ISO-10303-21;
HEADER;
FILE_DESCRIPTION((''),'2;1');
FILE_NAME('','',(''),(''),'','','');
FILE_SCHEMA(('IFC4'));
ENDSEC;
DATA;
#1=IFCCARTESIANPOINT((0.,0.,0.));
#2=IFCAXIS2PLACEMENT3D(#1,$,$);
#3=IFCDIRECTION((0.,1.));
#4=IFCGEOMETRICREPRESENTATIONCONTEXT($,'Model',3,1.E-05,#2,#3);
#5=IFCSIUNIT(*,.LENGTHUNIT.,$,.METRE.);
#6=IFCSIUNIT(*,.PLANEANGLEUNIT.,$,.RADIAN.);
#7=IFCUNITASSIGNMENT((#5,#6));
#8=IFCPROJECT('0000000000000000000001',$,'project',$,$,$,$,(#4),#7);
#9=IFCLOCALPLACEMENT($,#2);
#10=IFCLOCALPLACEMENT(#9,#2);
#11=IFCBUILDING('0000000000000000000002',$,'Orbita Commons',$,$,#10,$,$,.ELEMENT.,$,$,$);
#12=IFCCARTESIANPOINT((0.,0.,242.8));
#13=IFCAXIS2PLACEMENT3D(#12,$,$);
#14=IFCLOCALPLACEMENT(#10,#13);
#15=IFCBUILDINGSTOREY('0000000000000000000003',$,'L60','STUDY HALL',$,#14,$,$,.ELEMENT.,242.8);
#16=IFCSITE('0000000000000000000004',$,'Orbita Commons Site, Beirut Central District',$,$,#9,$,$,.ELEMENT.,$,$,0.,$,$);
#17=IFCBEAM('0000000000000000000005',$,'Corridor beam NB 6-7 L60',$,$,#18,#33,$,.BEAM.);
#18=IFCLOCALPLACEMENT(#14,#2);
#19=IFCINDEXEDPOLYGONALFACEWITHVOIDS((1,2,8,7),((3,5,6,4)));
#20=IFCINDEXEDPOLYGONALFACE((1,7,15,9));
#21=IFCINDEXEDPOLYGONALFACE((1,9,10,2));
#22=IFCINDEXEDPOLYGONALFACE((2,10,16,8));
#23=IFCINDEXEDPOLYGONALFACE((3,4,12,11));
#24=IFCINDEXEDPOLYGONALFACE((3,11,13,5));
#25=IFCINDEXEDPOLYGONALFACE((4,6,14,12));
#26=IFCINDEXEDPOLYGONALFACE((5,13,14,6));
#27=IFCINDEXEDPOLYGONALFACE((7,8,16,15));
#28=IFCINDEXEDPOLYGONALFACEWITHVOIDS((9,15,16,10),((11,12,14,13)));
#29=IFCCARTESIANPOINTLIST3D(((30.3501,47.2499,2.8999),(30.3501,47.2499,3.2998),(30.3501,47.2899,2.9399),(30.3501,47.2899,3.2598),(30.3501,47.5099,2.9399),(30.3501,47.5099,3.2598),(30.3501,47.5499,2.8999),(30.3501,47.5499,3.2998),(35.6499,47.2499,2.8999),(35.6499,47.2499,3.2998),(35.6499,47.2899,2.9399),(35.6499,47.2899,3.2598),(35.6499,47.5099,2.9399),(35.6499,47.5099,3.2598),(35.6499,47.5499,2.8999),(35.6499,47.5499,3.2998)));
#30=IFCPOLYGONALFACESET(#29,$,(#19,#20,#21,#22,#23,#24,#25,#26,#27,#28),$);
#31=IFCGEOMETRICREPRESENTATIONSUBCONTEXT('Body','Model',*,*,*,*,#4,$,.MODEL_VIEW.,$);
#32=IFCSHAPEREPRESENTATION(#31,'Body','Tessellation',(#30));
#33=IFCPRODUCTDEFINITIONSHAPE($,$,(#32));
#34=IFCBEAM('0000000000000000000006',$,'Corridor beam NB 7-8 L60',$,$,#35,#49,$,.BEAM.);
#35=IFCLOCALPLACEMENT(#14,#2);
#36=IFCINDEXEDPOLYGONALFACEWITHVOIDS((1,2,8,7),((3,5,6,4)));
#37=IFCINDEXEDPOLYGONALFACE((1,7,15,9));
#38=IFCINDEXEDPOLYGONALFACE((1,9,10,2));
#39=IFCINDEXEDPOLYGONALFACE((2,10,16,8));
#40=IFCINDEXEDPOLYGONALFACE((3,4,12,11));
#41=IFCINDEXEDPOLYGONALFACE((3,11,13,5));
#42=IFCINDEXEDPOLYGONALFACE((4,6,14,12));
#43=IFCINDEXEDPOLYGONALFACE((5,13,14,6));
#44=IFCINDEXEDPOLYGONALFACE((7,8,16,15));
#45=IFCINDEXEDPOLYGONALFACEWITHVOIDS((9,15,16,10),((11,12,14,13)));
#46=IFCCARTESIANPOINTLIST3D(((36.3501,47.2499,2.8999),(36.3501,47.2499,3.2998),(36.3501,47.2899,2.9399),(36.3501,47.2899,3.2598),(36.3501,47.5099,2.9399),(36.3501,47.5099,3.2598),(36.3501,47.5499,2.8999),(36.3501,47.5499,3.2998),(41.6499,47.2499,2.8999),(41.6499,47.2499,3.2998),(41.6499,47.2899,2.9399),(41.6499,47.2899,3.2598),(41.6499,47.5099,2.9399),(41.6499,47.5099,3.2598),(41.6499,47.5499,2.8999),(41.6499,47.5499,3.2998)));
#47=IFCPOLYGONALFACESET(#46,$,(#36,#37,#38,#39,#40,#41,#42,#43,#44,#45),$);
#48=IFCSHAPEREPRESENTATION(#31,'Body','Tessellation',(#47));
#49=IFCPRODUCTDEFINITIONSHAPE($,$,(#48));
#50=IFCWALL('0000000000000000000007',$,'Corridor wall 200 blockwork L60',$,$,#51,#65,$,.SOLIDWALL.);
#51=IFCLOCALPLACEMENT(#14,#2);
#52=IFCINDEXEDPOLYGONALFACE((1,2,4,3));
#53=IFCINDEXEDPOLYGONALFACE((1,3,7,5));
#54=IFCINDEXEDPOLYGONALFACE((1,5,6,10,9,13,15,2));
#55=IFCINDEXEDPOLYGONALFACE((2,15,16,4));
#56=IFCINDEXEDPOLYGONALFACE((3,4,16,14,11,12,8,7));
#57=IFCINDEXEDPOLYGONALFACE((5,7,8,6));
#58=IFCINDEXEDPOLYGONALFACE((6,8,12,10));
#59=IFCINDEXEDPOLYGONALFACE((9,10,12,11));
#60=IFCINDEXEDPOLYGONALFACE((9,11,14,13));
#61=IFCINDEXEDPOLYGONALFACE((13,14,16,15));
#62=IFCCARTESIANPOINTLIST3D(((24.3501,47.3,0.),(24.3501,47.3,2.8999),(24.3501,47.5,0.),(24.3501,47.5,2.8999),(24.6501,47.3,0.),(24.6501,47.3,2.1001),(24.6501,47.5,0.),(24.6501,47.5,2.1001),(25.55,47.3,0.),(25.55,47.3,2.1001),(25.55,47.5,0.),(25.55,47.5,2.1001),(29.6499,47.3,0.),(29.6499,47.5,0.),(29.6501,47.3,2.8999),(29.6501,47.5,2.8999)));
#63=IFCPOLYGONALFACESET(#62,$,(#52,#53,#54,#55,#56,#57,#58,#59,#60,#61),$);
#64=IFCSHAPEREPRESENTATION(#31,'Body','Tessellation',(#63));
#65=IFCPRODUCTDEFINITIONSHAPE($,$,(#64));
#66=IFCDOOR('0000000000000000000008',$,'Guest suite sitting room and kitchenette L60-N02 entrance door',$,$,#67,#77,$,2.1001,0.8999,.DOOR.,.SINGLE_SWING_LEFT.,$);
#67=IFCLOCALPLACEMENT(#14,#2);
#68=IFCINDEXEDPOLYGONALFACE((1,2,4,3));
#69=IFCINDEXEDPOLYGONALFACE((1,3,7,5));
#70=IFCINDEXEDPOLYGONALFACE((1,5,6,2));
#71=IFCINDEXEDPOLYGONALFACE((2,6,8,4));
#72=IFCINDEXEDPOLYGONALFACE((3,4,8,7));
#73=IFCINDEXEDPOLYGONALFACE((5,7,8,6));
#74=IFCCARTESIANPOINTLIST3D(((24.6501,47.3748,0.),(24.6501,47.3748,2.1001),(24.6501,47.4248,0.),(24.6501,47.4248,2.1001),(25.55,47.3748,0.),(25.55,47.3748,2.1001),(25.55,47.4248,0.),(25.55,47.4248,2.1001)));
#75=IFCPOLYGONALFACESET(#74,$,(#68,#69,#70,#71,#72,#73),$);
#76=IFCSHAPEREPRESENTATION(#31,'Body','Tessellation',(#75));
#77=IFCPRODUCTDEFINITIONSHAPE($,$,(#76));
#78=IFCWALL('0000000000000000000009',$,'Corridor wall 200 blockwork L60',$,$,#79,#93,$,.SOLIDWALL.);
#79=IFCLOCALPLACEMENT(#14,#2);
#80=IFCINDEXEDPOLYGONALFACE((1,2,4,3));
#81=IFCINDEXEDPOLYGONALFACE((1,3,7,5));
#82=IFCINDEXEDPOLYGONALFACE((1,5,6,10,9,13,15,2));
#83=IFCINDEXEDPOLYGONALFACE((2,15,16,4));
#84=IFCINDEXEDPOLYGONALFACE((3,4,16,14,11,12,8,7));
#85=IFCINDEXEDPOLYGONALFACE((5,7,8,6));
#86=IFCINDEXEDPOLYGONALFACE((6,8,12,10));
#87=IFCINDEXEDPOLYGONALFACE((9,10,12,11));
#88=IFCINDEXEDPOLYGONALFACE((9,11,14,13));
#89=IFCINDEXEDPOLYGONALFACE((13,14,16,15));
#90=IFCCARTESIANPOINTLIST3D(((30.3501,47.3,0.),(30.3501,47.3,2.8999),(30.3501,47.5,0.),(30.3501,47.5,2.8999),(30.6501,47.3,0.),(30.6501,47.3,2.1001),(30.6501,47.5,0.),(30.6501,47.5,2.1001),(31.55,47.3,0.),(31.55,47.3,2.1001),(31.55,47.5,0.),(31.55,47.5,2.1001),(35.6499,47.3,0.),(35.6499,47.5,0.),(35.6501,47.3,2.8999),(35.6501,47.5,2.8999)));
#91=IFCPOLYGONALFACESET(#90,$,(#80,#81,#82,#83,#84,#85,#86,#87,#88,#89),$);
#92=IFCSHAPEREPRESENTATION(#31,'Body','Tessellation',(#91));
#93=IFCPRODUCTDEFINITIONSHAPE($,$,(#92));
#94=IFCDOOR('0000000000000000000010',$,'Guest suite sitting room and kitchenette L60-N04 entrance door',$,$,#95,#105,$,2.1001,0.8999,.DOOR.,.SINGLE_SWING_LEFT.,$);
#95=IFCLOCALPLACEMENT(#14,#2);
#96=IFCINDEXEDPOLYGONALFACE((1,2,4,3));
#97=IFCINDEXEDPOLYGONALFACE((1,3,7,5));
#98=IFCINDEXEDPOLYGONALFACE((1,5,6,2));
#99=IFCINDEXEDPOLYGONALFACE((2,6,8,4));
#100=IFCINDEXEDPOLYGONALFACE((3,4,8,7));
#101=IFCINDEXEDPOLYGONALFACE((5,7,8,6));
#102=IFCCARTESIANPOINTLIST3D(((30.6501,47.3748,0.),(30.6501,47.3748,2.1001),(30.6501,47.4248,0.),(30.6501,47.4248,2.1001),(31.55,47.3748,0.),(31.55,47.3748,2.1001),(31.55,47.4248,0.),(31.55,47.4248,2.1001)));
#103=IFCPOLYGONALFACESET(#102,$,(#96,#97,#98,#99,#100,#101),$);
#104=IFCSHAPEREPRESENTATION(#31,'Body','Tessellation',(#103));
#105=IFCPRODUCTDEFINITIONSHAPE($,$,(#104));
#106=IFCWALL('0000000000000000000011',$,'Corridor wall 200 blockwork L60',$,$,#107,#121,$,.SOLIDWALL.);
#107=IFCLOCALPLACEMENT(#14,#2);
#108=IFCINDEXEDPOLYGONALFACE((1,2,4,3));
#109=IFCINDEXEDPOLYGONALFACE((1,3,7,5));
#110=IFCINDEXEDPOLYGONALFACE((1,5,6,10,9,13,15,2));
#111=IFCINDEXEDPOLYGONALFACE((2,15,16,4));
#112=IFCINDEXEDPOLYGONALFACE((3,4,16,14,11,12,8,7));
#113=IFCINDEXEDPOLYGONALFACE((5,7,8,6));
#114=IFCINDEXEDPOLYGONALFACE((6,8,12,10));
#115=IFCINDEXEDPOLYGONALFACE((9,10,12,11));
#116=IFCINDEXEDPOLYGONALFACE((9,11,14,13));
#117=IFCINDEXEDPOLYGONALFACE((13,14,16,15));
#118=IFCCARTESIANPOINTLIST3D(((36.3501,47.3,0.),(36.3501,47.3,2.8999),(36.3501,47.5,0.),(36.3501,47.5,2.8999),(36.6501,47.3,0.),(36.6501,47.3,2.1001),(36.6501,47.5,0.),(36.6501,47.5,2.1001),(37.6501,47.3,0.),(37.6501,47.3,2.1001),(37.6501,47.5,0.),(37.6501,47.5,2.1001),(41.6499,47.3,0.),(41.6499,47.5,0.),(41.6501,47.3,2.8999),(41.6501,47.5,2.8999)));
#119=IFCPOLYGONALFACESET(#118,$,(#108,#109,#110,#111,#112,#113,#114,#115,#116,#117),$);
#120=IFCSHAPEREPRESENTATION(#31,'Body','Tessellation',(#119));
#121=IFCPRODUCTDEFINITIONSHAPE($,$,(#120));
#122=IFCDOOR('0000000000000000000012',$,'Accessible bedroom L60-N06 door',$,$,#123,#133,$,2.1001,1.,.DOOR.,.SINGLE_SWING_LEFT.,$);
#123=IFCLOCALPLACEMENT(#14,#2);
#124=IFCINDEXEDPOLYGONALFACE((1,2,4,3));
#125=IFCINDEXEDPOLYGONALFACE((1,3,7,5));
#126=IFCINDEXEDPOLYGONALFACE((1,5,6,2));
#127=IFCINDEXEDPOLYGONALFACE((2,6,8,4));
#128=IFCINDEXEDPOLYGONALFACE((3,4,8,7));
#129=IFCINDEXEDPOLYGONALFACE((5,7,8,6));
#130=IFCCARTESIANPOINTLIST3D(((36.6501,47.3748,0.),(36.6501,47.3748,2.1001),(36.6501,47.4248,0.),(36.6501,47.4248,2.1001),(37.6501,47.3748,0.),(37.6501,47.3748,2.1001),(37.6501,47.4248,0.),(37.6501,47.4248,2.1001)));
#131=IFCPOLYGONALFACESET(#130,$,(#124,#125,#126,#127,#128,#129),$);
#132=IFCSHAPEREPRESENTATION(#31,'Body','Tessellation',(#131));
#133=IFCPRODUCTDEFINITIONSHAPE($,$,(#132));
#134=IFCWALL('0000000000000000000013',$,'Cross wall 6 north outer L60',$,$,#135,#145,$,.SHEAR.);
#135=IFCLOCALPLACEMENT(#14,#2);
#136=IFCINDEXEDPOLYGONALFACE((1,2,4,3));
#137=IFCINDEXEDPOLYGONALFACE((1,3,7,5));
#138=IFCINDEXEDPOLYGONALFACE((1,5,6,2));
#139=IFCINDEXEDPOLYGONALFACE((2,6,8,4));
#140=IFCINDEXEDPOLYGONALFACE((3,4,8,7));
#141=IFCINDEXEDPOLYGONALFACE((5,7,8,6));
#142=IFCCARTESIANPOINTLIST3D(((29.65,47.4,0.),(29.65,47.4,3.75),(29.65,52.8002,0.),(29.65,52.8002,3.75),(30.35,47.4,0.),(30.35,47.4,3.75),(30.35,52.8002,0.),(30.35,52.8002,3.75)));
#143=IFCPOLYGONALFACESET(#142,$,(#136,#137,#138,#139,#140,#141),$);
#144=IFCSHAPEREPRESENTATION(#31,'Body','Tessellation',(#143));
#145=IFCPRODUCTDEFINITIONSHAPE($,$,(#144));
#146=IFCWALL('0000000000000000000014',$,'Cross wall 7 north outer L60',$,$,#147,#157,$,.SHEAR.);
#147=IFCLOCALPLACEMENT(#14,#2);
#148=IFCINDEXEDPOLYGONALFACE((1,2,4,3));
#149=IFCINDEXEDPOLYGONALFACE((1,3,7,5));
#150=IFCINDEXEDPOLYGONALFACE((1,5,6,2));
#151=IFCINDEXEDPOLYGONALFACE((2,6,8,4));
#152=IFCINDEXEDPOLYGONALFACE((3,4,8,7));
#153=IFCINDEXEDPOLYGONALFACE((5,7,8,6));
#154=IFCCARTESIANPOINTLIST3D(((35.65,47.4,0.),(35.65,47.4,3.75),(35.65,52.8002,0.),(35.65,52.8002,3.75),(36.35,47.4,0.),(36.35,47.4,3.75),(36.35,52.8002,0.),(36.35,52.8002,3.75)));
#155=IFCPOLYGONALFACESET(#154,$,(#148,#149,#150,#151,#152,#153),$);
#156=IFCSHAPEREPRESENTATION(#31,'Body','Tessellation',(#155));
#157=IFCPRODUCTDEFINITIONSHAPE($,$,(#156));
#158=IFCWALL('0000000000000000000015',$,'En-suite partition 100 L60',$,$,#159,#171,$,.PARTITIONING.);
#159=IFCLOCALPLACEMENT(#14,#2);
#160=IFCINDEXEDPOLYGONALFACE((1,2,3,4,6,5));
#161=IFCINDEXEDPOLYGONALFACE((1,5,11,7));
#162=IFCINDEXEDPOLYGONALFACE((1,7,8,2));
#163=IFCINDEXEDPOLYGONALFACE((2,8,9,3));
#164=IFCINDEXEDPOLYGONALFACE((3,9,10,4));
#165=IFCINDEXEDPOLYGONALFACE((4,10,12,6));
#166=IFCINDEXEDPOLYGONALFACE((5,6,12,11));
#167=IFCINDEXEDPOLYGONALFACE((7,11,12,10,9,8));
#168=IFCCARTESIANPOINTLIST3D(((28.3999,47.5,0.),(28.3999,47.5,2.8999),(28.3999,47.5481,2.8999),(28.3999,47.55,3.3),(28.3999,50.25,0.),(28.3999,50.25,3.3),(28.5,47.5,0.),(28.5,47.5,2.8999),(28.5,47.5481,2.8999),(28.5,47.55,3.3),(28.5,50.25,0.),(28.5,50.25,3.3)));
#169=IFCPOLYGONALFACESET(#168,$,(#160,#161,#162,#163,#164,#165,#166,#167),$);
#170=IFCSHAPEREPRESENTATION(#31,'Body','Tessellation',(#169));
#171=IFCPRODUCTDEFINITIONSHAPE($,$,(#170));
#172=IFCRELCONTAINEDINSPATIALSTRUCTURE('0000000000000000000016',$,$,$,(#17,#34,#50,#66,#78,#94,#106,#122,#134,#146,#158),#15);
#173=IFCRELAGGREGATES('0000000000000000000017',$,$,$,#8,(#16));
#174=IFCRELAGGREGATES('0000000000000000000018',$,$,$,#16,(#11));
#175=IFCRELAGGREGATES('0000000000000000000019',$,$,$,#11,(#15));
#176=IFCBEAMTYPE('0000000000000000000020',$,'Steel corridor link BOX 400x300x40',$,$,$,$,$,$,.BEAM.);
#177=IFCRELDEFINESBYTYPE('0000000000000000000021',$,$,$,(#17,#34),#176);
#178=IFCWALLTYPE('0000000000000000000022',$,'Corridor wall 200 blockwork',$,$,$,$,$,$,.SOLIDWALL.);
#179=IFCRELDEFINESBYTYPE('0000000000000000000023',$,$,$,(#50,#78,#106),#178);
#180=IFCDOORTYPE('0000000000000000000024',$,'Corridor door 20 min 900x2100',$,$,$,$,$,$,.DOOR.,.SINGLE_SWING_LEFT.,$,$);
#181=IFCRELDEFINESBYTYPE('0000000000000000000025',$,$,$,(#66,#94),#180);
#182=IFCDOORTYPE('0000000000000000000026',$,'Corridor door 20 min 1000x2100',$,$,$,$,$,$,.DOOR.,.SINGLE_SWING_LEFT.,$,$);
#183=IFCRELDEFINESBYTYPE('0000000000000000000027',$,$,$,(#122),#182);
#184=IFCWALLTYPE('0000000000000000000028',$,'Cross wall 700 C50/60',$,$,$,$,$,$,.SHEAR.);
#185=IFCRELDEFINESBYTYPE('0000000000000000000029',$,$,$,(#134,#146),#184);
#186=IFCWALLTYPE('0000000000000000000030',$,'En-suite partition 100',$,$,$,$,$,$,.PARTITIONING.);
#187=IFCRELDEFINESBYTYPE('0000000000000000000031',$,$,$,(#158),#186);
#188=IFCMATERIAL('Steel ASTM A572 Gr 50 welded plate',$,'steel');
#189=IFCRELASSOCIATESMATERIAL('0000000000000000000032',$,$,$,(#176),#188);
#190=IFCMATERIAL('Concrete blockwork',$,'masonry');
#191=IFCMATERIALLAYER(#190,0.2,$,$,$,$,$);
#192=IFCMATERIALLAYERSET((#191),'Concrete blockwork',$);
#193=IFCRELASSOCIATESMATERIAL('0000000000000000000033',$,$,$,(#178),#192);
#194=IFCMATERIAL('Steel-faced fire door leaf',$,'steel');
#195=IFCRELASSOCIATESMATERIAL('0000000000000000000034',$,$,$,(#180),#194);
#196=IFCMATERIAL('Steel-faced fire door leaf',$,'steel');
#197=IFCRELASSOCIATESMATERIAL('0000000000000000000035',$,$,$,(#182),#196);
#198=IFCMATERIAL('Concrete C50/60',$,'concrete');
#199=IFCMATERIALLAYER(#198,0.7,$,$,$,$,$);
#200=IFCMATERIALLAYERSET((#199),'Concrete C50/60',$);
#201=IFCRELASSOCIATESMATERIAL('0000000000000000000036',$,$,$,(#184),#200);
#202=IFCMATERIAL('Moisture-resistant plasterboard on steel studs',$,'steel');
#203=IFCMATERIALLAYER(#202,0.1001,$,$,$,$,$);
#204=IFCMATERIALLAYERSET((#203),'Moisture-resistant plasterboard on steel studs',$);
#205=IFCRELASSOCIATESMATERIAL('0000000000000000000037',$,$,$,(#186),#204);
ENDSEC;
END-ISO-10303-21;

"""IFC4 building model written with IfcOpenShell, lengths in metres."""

from ifc_helpers import new_model, si_unit, direction, frame, frame_2d, origin, origin_2d, place, context, subcontext, project, spatial, polyline, rectangle, hollow_rectangle, outline, extrude, material, layer, layer_set, material_profile, profile_set, type_object, element, fill, save


model = new_model("IFC4")

# Units and contexts
model_context = context("Model", 3, precision=1e-05, world=origin(), true_north=direction((0.0, 1.0)))
body_context = subcontext(model_context, "Body", "Model", "MODEL_VIEW")
ifc_project = project(units=[si_unit("LENGTHUNIT", "METRE"), si_unit("PLANEANGLEUNIT", "RADIAN")], contexts=[model_context])

# Site, building, storey
site_placement = place(None, origin())
site = spatial("IfcSite", under=ifc_project, at=site_placement, Name="Orbita Commons Site, Beirut Central District", CompositionType="ELEMENT", RefElevation=0.0)
building_placement = place(site_placement, origin())
building = spatial("IfcBuilding", under=site, at=building_placement, Name="Orbita Commons", CompositionType="ELEMENT")
storey_placement = place(building_placement, frame((0.0, 0.0, 242.8)))
storey = spatial("IfcBuildingStorey", under=building, at=storey_placement, Name="L60", Description="STUDY HALL", CompositionType="ELEMENT", Elevation=242.8)

# Beams
ifc_material_1 = material(Name="Steel ASTM A572 Gr 50 welded plate", Category="steel")
ifc_material_profile = material_profile(ifc_material_1, hollow_rectangle(XDim=0.3, YDim=0.3999, WallThickness=0.04, at=origin_2d()), Name="BOX 400x300x40")
ifc_profile_set = profile_set([ifc_material_profile], Name="Steel ASTM A572 Gr 50 welded plate")
beam_type = type_object("IfcBeamType", Name="Steel corridor link BOX 400x300x40", PredefinedType="BEAM", material=ifc_profile_set)
for number, where, z_axis, x_axis, name in (
    (1, (30.3501, 47.3999, 3.0999), (1.0, 0.0, 0.0), (0.0, 1.0, 0.0), "Corridor beam NB 6-7 L60"),
    (2, (36.3501, 47.3999, 3.0999), (1.0, 0.0, 0.0), (0.0, 1.0, 0.0), "Corridor beam NB 7-8 L60"),
):
    element("IfcBeam", number, at=place(storey_placement, frame(where, z_axis=z_axis, x_axis=x_axis)), inside=storey, type_object=beam_type, Name=name, PredefinedType="BEAM", context=body_context, shape_type="SweptSolid", body=[
        extrude(hollow_rectangle(XDim=0.3, YDim=0.3999, WallThickness=0.04, at=origin_2d()), origin(), (0.0, 0.0, 1.0), 5.2998),
    ])

# Walls, openings, doors
ifc_material_2 = material(Name="Concrete blockwork", Category="masonry")
ifc_layer_1 = layer(ifc_material_2, 0.2)
ifc_layer_set_1 = layer_set([ifc_layer_1], Name="Concrete blockwork")
wall_type_1 = type_object("IfcWallType", Name="Corridor wall 200 blockwork", PredefinedType="SOLIDWALL", material=ifc_layer_set_1)
wall_1_placement = place(storey_placement, frame((24.3501, 47.3999, 0.0), z_axis=(0.0, 0.0, 1.0), x_axis=(1.0, 0.0, 0.0)))
wall_1 = element("IfcWall", 3, at=wall_1_placement, inside=storey, type_object=wall_type_1, Name="Corridor wall 200 blockwork L60", PredefinedType="SOLIDWALL", context=body_context, shape_type="SweptSolid", body=[
    extrude(outline(polyline([(0.0, 0.0), (5.2998, 0.0), (5.3, 2.8999), (0.0, 2.8999), (0.0, 0.0)])), frame((0.0, 0.1001, 0.0), z_axis=(0.0, -1.0, 0.0), x_axis=(1.0, 0.0, 0.0)), (0.0, 0.0, 1.0), 0.2),
])
opening_1_placement = place(wall_1_placement, frame((0.3, 0.0, 0.0)))
opening_1 = element("IfcOpeningElement", 4, at=opening_1_placement, cuts=wall_1, PredefinedType="OPENING", context=body_context, shape_type="SweptSolid", body=[
    extrude(rectangle(XDim=0.8999, YDim=2.1001, at=frame_2d((0.45, 1.05))), frame((0.0, 0.1099, 0.0), z_axis=(0.0, -1.0, 0.0), x_axis=(1.0, 0.0, 0.0)), (0.0, 0.0, 1.0), 0.22),
])
ifc_material_3 = material(Name="Steel-faced fire door leaf", Category="steel")
door_type_1 = type_object("IfcDoorType", Name="Corridor door 20 min 900x2100", OperationType="SINGLE_SWING_LEFT", PredefinedType="DOOR", material=ifc_material_3)
door_1_placement = place(opening_1_placement, origin())
door_1 = element("IfcDoor", 5, at=door_1_placement, inside=storey, type_object=door_type_1, Name="Guest suite sitting room and kitchenette L60-N02 entrance door", OperationType="SINGLE_SWING_LEFT", OverallHeight=2.1001, OverallWidth=0.8999, PredefinedType="DOOR", context=body_context, shape_type="SweptSolid", body=[
    extrude(rectangle(XDim=0.8999, YDim=2.1001, at=frame_2d((0.45, 1.05))), frame((0.0, 0.0249, 0.0), z_axis=(0.0, -1.0, 0.0), x_axis=(1.0, 0.0, 0.0)), (0.0, 0.0, 1.0), 0.05),
])
fill(opening_1, door_1)
wall_2_placement = place(storey_placement, frame((30.3501, 47.3999, 0.0), z_axis=(0.0, 0.0, 1.0), x_axis=(1.0, 0.0, 0.0)))
wall_2 = element("IfcWall", 6, at=wall_2_placement, inside=storey, type_object=wall_type_1, Name="Corridor wall 200 blockwork L60", PredefinedType="SOLIDWALL", context=body_context, shape_type="SweptSolid", body=[
    extrude(outline(polyline([(0.0, 0.0), (5.2998, 0.0), (5.3, 2.8999), (0.0, 2.8999), (0.0, 0.0)])), frame((0.0, 0.1001, 0.0), z_axis=(0.0, -1.0, 0.0), x_axis=(1.0, 0.0, 0.0)), (0.0, 0.0, 1.0), 0.2),
])
opening_2_placement = place(wall_2_placement, frame((0.3, 0.0, 0.0)))
opening_2 = element("IfcOpeningElement", 7, at=opening_2_placement, cuts=wall_2, PredefinedType="OPENING", context=body_context, shape_type="SweptSolid", body=[
    extrude(rectangle(XDim=0.8999, YDim=2.1001, at=frame_2d((0.45, 1.05))), frame((0.0, 0.1099, 0.0), z_axis=(0.0, -1.0, 0.0), x_axis=(1.0, 0.0, 0.0)), (0.0, 0.0, 1.0), 0.22),
])
door_2_placement = place(opening_2_placement, origin())
door_2 = element("IfcDoor", 8, at=door_2_placement, inside=storey, type_object=door_type_1, Name="Guest suite sitting room and kitchenette L60-N04 entrance door", OperationType="SINGLE_SWING_LEFT", OverallHeight=2.1001, OverallWidth=0.8999, PredefinedType="DOOR", context=body_context, shape_type="SweptSolid", body=[
    extrude(rectangle(XDim=0.8999, YDim=2.1001, at=frame_2d((0.45, 1.05))), frame((0.0, 0.0249, 0.0), z_axis=(0.0, -1.0, 0.0), x_axis=(1.0, 0.0, 0.0)), (0.0, 0.0, 1.0), 0.05),
])
fill(opening_2, door_2)
wall_3_placement = place(storey_placement, frame((36.3501, 47.3999, 0.0), z_axis=(0.0, 0.0, 1.0), x_axis=(1.0, 0.0, 0.0)))
wall_3 = element("IfcWall", 9, at=wall_3_placement, inside=storey, type_object=wall_type_1, Name="Corridor wall 200 blockwork L60", PredefinedType="SOLIDWALL", context=body_context, shape_type="SweptSolid", body=[
    extrude(outline(polyline([(0.0, 0.0), (5.2998, 0.0), (5.3, 2.8999), (0.0, 2.8999), (0.0, 0.0)])), frame((0.0, 0.1001, 0.0), z_axis=(0.0, -1.0, 0.0), x_axis=(1.0, 0.0, 0.0)), (0.0, 0.0, 1.0), 0.2),
])
opening_3_placement = place(wall_3_placement, frame((0.3, 0.0, 0.0)))
opening_3 = element("IfcOpeningElement", 10, at=opening_3_placement, cuts=wall_3, PredefinedType="OPENING", context=body_context, shape_type="SweptSolid", body=[
    extrude(rectangle(XDim=1.0, YDim=2.1001, at=frame_2d((0.5, 1.05))), frame((0.0, 0.1099, 0.0), z_axis=(0.0, -1.0, 0.0), x_axis=(1.0, 0.0, 0.0)), (0.0, 0.0, 1.0), 0.22),
])
ifc_material_4 = material(Name="Steel-faced fire door leaf", Category="steel")
door_type_2 = type_object("IfcDoorType", Name="Corridor door 20 min 1000x2100", OperationType="SINGLE_SWING_LEFT", PredefinedType="DOOR", material=ifc_material_4)
door_3_placement = place(opening_3_placement, origin())
door_3 = element("IfcDoor", 11, at=door_3_placement, inside=storey, type_object=door_type_2, Name="Accessible bedroom L60-N06 door", OperationType="SINGLE_SWING_LEFT", OverallHeight=2.1001, OverallWidth=1.0, PredefinedType="DOOR", context=body_context, shape_type="SweptSolid", body=[
    extrude(rectangle(XDim=1.0, YDim=2.1001, at=frame_2d((0.5, 1.05))), frame((0.0, 0.0249, 0.0), z_axis=(0.0, -1.0, 0.0), x_axis=(1.0, 0.0, 0.0)), (0.0, 0.0, 1.0), 0.05),
])
fill(opening_3, door_3)

# Walls
ifc_material_5 = material(Name="Concrete C50/60", Category="concrete")
ifc_layer_2 = layer(ifc_material_5, 0.7)
ifc_layer_set_2 = layer_set([ifc_layer_2], Name="Concrete C50/60")
wall_type_2 = type_object("IfcWallType", Name="Cross wall 700 C50/60", PredefinedType="SHEAR", material=ifc_layer_set_2)
for number, where, z_axis, x_axis, name in (
    (12, (30.0, 47.3999, 0.0), (0.0, 0.0, 1.0), (0.0, 1.0, 0.0), "Cross wall 6 north outer L60"),
    (13, (36.0, 47.3999, 0.0), (0.0, 0.0, 1.0), (0.0, 1.0, 0.0), "Cross wall 7 north outer L60"),
):
    element("IfcWall", number, at=place(storey_placement, frame(where, z_axis=z_axis, x_axis=x_axis)), inside=storey, type_object=wall_type_2, Name=name, PredefinedType="SHEAR", context=body_context, shape_type="SweptSolid", body=[
        extrude(rectangle(XDim=5.4001, YDim=0.7, at=frame_2d((2.7002, 0.0))), origin(), (0.0, 0.0, 1.0), 3.75),
    ])
ifc_material_6 = material(Name="Moisture-resistant plasterboard on steel studs", Category="steel")
ifc_layer_3 = layer(ifc_material_6, 0.1001)
ifc_layer_set_3 = layer_set([ifc_layer_3], Name="Moisture-resistant plasterboard on steel studs")
wall_type_3 = type_object("IfcWallType", Name="En-suite partition 100", PredefinedType="PARTITIONING", material=ifc_layer_set_3)
wall_4_placement = place(storey_placement, frame((28.45, 50.25, 0.0), z_axis=(0.0, 0.0, 1.0), x_axis=(0.0, -1.0, 0.0)))
element("IfcWall", 14, at=wall_4_placement, inside=storey, type_object=wall_type_3, Name="En-suite partition 100 L60", PredefinedType="PARTITIONING", context=body_context, shape_type="SweptSolid", body=[
    extrude(outline(polyline([(0.0, 0.0), (2.75, 0.0), (2.75, 2.8999), (2.7019, 2.8999), (2.7, 3.3), (0.0, 3.3), (0.0, 0.0)])), frame((0.0, 0.05, 0.0), z_axis=(0.0, -1.0, 0.0), x_axis=(1.0, 0.0, 0.0)), (0.0, 0.0, 1.0), 0.1001),
])

save(model, "model.ifc")
